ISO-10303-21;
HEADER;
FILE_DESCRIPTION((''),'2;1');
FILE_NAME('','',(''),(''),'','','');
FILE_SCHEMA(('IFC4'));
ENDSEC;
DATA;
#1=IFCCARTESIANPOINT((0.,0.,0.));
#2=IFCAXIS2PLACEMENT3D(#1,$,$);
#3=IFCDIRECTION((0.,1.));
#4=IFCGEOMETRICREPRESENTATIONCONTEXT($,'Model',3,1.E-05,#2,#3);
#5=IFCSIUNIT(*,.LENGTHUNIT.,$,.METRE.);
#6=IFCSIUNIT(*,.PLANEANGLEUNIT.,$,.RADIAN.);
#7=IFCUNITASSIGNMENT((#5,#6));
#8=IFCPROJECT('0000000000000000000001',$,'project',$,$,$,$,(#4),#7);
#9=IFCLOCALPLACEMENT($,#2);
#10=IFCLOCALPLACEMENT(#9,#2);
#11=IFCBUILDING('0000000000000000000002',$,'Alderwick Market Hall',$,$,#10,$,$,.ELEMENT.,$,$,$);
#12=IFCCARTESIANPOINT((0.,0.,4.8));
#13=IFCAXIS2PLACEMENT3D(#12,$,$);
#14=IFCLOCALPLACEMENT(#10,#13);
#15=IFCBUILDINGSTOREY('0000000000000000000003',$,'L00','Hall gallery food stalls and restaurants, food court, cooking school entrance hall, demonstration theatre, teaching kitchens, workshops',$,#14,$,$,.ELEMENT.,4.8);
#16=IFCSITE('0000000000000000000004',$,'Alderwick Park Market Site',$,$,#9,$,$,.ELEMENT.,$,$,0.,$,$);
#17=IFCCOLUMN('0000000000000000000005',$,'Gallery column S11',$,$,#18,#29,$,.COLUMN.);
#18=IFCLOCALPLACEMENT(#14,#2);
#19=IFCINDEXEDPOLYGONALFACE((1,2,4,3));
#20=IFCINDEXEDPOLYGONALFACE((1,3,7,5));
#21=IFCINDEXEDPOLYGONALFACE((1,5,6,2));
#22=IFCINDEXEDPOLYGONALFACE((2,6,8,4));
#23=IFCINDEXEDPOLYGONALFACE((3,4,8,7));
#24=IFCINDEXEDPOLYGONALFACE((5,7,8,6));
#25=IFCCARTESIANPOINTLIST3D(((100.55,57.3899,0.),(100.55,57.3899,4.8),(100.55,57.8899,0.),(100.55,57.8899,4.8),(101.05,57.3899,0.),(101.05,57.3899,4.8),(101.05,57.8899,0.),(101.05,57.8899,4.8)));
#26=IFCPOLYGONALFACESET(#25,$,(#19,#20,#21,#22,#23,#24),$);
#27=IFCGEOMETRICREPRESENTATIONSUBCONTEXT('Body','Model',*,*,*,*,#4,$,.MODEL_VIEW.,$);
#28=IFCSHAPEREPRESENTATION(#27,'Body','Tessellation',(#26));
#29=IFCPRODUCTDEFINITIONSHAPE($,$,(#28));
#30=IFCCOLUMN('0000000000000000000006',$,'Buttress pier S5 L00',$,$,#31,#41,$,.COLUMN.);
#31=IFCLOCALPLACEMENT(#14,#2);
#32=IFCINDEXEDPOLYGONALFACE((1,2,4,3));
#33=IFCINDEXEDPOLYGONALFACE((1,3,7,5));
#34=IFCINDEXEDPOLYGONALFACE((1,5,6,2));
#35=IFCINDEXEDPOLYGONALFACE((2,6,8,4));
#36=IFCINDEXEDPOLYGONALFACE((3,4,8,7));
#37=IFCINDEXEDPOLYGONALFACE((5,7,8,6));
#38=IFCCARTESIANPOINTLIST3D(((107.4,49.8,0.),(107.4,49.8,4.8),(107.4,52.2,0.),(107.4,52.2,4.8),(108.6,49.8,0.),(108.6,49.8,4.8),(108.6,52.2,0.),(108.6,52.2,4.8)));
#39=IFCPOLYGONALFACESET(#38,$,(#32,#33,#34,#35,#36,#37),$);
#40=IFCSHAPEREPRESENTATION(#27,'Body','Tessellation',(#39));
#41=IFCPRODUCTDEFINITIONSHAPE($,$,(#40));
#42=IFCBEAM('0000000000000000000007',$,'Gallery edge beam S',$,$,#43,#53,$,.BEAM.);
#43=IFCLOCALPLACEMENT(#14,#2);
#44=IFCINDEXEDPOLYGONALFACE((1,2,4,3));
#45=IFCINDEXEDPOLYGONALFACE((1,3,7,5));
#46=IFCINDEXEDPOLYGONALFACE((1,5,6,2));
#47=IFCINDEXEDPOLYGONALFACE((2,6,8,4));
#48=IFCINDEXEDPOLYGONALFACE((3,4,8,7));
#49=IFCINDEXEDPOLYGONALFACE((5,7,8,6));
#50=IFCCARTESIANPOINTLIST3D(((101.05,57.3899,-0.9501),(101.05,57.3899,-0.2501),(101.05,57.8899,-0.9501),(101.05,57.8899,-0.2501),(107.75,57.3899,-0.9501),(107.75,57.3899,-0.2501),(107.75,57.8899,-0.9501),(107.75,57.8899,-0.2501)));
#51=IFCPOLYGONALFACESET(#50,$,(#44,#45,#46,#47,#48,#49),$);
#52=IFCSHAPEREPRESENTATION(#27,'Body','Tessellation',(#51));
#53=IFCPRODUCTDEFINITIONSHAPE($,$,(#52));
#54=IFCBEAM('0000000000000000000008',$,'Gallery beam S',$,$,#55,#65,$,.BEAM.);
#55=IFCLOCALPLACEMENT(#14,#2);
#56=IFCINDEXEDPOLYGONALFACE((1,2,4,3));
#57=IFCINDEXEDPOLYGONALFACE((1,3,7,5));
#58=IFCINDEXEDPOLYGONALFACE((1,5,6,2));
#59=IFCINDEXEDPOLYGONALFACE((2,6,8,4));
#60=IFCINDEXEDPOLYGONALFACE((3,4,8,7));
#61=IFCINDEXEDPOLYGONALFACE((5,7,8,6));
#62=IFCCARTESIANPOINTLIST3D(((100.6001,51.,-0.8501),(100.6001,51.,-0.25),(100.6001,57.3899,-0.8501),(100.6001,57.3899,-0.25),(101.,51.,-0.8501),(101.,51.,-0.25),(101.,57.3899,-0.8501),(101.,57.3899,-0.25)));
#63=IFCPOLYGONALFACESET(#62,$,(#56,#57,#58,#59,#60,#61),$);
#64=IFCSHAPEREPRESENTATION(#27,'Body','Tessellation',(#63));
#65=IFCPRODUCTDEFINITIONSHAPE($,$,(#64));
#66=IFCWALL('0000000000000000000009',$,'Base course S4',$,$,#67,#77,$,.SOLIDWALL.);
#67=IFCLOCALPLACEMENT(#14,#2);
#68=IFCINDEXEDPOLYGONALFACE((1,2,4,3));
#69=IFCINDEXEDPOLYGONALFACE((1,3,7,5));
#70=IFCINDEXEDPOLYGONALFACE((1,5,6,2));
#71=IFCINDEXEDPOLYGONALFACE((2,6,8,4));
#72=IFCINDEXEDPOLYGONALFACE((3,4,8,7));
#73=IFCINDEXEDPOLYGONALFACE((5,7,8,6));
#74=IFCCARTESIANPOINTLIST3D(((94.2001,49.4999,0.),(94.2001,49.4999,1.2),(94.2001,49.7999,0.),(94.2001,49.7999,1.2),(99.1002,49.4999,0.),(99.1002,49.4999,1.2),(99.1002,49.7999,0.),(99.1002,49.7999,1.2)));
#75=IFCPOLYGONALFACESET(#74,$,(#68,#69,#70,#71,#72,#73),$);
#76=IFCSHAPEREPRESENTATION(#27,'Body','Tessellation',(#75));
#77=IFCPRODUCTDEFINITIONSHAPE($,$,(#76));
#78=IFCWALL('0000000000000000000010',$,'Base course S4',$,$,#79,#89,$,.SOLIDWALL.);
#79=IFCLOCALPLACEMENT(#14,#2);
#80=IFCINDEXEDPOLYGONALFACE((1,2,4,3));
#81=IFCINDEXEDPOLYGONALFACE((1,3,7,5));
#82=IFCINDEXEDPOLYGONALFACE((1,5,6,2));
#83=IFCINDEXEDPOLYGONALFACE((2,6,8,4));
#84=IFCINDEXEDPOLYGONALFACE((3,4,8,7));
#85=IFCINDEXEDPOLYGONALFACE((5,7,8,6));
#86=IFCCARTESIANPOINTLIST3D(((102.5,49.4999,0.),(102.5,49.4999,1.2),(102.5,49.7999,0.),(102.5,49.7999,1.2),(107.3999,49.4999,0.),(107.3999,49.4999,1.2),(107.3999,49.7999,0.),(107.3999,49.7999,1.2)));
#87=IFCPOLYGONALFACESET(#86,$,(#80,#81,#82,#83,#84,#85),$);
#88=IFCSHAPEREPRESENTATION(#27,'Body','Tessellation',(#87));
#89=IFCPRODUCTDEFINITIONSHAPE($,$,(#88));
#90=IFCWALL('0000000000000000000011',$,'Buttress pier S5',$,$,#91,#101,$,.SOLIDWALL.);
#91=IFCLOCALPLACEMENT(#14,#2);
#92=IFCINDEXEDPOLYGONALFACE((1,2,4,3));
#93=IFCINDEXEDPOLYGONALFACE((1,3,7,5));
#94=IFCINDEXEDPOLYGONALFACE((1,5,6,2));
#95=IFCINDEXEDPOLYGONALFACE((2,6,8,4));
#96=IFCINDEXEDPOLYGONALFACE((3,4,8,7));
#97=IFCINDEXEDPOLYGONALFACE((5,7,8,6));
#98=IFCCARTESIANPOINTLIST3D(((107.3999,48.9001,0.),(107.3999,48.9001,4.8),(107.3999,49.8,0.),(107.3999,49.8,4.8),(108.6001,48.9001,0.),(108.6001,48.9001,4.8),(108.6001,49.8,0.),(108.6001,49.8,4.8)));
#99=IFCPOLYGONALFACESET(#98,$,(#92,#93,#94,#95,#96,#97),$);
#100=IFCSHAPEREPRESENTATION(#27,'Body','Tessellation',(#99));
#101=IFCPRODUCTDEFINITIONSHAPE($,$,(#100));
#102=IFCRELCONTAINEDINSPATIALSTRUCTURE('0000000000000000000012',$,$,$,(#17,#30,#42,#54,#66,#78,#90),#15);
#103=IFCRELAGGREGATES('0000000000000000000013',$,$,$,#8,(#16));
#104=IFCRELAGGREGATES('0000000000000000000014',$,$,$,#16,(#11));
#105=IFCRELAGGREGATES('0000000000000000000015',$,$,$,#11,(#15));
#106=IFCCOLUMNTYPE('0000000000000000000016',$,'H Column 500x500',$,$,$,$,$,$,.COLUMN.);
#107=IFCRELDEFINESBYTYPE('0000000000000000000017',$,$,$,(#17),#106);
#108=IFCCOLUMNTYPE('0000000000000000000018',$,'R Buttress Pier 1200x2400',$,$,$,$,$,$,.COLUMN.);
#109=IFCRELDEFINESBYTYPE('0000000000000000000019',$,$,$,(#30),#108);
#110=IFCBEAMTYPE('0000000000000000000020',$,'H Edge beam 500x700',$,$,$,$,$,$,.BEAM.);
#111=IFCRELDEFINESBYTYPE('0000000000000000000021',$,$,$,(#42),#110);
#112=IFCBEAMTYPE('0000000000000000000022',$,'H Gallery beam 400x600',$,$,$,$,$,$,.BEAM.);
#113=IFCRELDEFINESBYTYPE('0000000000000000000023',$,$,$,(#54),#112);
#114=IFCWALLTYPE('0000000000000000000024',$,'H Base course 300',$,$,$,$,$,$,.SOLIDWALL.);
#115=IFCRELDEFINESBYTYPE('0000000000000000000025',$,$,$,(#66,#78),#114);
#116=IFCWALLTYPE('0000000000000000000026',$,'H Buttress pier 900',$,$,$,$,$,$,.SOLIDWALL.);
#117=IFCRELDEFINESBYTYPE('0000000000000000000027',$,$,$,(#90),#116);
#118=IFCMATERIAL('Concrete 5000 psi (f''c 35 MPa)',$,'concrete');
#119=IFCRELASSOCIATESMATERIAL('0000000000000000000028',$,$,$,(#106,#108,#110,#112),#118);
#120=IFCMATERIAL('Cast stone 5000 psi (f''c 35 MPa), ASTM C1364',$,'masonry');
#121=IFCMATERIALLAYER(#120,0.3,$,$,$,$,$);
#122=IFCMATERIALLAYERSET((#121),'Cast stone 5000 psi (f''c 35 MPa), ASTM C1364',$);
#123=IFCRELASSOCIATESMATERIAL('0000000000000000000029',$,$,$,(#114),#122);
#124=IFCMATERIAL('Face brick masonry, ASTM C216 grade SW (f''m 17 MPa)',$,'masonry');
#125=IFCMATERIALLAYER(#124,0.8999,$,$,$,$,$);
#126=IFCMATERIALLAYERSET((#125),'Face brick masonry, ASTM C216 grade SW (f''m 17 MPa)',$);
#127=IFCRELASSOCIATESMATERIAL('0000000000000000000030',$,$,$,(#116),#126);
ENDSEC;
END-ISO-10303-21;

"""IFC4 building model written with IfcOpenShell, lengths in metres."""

from ifc_helpers import new_model, si_unit, direction, frame, frame_2d, origin, origin_2d, place, context, subcontext, project, spatial, rectangle, extrude, material, layer, layer_set, material_profile, profile_set, type_object, element, save


model = new_model("IFC4")

# Units and contexts
model_context = context("Model", 3, precision=1e-05, world=origin(), true_north=direction((0.0, 1.0)))
body_context = subcontext(model_context, "Body", "Model", "MODEL_VIEW")
ifc_project = project(units=[si_unit("LENGTHUNIT", "METRE"), si_unit("PLANEANGLEUNIT", "RADIAN")], contexts=[model_context])

# Site, building, storey
site_placement = place(None, origin())
site = spatial("IfcSite", under=ifc_project, at=site_placement, Name="Alderwick Park Market Site", CompositionType="ELEMENT", RefElevation=0.0)
building_placement = place(site_placement, origin())
building = spatial("IfcBuilding", under=site, at=building_placement, Name="Alderwick Market Hall", CompositionType="ELEMENT")
storey_placement = place(building_placement, frame((0.0, 0.0, 4.8)))
storey = spatial("IfcBuildingStorey", under=building, at=storey_placement, Name="L00", Description="Hall gallery food stalls and restaurants, food court, cooking school entrance hall, demonstration theatre, teaching kitchens, workshops", CompositionType="ELEMENT", Elevation=4.8)

# Columns
ifc_material_1 = material(Name="Concrete 5000 psi (f'c 35 MPa)", Category="concrete")
ifc_material_profile_1 = material_profile(ifc_material_1, rectangle(XDim=0.5, YDim=0.5, at=origin_2d()), Name="RC 500x500")
ifc_profile_set_1 = profile_set([ifc_material_profile_1], Name="Concrete 5000 psi (f'c 35 MPa)")
column_type_1 = type_object("IfcColumnType", Name="H Column 500x500", PredefinedType="COLUMN", material=ifc_profile_set_1)
column_1_placement = place(storey_placement, frame((100.8, 57.6399, 0.0), z_axis=(0.0, 0.0, 1.0), x_axis=(1.0, 0.0, 0.0)))
element("IfcColumn", 1, at=column_1_placement, inside=storey, type_object=column_type_1, Name="Gallery column S11", PredefinedType="COLUMN", context=body_context, shape_type="SweptSolid", body=[
    extrude(rectangle(XDim=0.5, YDim=0.5, at=origin_2d()), origin(), (0.0, 0.0, 1.0), 4.8),
])
ifc_material_profile_2 = material_profile(ifc_material_1, rectangle(XDim=1.2, YDim=2.3999, at=origin_2d()), Name="RC 1200x2400")
ifc_profile_set_2 = profile_set([ifc_material_profile_2], Name="Concrete 5000 psi (f'c 35 MPa)")
column_type_2 = type_object("IfcColumnType", Name="R Buttress Pier 1200x2400", PredefinedType="COLUMN", material=ifc_profile_set_2)
column_2_placement = place(storey_placement, frame((108.0, 51.0, 0.0), z_axis=(0.0, 0.0, 1.0), x_axis=(1.0, 0.0, 0.0)))
element("IfcColumn", 2, at=column_2_placement, inside=storey, type_object=column_type_2, Name="Buttress pier S5 L00", PredefinedType="COLUMN", context=body_context, shape_type="SweptSolid", body=[
    extrude(rectangle(XDim=1.2, YDim=2.3999, at=origin_2d()), origin(), (0.0, 0.0, 1.0), 4.8),
])

# Beams
ifc_material_profile_3 = material_profile(ifc_material_1, rectangle(XDim=0.5, YDim=0.7, at=origin_2d()), Name="RC 500x700")
ifc_profile_set_3 = profile_set([ifc_material_profile_3], Name="Concrete 5000 psi (f'c 35 MPa)")
beam_type_1 = type_object("IfcBeamType", Name="H Edge beam 500x700", PredefinedType="BEAM", material=ifc_profile_set_3)
beam_1_placement = place(storey_placement, frame((101.05, 57.6399, -0.6001), z_axis=(1.0, 0.0, 0.0), x_axis=(0.0, 1.0, 0.0)))
element("IfcBeam", 3, at=beam_1_placement, inside=storey, type_object=beam_type_1, Name="Gallery edge beam S", PredefinedType="BEAM", context=body_context, shape_type="SweptSolid", body=[
    extrude(rectangle(XDim=0.5, YDim=0.7, at=origin_2d()), origin(), (0.0, 0.0, 1.0), 6.7),
])
ifc_material_profile_4 = material_profile(ifc_material_1, rectangle(XDim=0.3999, YDim=0.6001, at=origin_2d()), Name="RC 400x600")
ifc_profile_set_4 = profile_set([ifc_material_profile_4], Name="Concrete 5000 psi (f'c 35 MPa)")
beam_type_2 = type_object("IfcBeamType", Name="H Gallery beam 400x600", PredefinedType="BEAM", material=ifc_profile_set_4)
beam_2_placement = place(storey_placement, frame((100.8, 51.0, -0.55), z_axis=(0.0, 1.0, 0.0), x_axis=(-1.0, 0.0, 0.0)))
element("IfcBeam", 4, at=beam_2_placement, inside=storey, type_object=beam_type_2, Name="Gallery beam S", PredefinedType="BEAM", context=body_context, shape_type="SweptSolid", body=[
    extrude(rectangle(XDim=0.3999, YDim=0.6001, at=origin_2d()), origin(), (0.0, 0.0, 1.0), 6.3899),
])

# Walls
ifc_material_2 = material(Name="Cast stone 5000 psi (f'c 35 MPa), ASTM C1364", Category="masonry")
ifc_layer_1 = layer(ifc_material_2, 0.3)
ifc_layer_set_1 = layer_set([ifc_layer_1], Name="Cast stone 5000 psi (f'c 35 MPa), ASTM C1364")
wall_type_1 = type_object("IfcWallType", Name="H Base course 300", PredefinedType="SOLIDWALL", material=ifc_layer_set_1)
wall_1_placement = place(storey_placement, frame((94.2, 49.6499, 0.0), z_axis=(0.0, 0.0, 1.0), x_axis=(1.0, 0.0, 0.0)))
element("IfcWall", 5, at=wall_1_placement, inside=storey, type_object=wall_type_1, Name="Base course S4", PredefinedType="SOLIDWALL", context=body_context, shape_type="SweptSolid", body=[
    extrude(rectangle(XDim=4.9001, YDim=0.3, at=frame_2d((2.4502, 0.0))), origin(), (0.0, 0.0, 1.0), 1.2),
])
wall_2_placement = place(storey_placement, frame((102.5, 49.6499, 0.0), z_axis=(0.0, 0.0, 1.0), x_axis=(1.0, 0.0, 0.0)))
element("IfcWall", 6, at=wall_2_placement, inside=storey, type_object=wall_type_1, Name="Base course S4", PredefinedType="SOLIDWALL", context=body_context, shape_type="SweptSolid", body=[
    extrude(rectangle(XDim=4.8999, YDim=0.3, at=frame_2d((2.45, 0.0))), origin(), (0.0, 0.0, 1.0), 1.2),
])
ifc_material_3 = material(Name="Face brick masonry, ASTM C216 grade SW (f'm 17 MPa)", Category="masonry")
ifc_layer_2 = layer(ifc_material_3, 0.8999)
ifc_layer_set_2 = layer_set([ifc_layer_2], Name="Face brick masonry, ASTM C216 grade SW (f'm 17 MPa)")
wall_type_2 = type_object("IfcWallType", Name="H Buttress pier 900", PredefinedType="SOLIDWALL", material=ifc_layer_set_2)
wall_3_placement = place(storey_placement, frame((107.3999, 49.3501, 0.0), z_axis=(0.0, 0.0, 1.0), x_axis=(1.0, 0.0, 0.0)))
element("IfcWall", 7, at=wall_3_placement, inside=storey, type_object=wall_type_2, Name="Buttress pier S5", PredefinedType="SOLIDWALL", context=body_context, shape_type="SweptSolid", body=[
    extrude(rectangle(XDim=1.2002, YDim=0.8999, at=frame_2d((0.6001, 0.0))), origin(), (0.0, 0.0, 1.0), 4.8),
])

save(model, "model.ifc")
